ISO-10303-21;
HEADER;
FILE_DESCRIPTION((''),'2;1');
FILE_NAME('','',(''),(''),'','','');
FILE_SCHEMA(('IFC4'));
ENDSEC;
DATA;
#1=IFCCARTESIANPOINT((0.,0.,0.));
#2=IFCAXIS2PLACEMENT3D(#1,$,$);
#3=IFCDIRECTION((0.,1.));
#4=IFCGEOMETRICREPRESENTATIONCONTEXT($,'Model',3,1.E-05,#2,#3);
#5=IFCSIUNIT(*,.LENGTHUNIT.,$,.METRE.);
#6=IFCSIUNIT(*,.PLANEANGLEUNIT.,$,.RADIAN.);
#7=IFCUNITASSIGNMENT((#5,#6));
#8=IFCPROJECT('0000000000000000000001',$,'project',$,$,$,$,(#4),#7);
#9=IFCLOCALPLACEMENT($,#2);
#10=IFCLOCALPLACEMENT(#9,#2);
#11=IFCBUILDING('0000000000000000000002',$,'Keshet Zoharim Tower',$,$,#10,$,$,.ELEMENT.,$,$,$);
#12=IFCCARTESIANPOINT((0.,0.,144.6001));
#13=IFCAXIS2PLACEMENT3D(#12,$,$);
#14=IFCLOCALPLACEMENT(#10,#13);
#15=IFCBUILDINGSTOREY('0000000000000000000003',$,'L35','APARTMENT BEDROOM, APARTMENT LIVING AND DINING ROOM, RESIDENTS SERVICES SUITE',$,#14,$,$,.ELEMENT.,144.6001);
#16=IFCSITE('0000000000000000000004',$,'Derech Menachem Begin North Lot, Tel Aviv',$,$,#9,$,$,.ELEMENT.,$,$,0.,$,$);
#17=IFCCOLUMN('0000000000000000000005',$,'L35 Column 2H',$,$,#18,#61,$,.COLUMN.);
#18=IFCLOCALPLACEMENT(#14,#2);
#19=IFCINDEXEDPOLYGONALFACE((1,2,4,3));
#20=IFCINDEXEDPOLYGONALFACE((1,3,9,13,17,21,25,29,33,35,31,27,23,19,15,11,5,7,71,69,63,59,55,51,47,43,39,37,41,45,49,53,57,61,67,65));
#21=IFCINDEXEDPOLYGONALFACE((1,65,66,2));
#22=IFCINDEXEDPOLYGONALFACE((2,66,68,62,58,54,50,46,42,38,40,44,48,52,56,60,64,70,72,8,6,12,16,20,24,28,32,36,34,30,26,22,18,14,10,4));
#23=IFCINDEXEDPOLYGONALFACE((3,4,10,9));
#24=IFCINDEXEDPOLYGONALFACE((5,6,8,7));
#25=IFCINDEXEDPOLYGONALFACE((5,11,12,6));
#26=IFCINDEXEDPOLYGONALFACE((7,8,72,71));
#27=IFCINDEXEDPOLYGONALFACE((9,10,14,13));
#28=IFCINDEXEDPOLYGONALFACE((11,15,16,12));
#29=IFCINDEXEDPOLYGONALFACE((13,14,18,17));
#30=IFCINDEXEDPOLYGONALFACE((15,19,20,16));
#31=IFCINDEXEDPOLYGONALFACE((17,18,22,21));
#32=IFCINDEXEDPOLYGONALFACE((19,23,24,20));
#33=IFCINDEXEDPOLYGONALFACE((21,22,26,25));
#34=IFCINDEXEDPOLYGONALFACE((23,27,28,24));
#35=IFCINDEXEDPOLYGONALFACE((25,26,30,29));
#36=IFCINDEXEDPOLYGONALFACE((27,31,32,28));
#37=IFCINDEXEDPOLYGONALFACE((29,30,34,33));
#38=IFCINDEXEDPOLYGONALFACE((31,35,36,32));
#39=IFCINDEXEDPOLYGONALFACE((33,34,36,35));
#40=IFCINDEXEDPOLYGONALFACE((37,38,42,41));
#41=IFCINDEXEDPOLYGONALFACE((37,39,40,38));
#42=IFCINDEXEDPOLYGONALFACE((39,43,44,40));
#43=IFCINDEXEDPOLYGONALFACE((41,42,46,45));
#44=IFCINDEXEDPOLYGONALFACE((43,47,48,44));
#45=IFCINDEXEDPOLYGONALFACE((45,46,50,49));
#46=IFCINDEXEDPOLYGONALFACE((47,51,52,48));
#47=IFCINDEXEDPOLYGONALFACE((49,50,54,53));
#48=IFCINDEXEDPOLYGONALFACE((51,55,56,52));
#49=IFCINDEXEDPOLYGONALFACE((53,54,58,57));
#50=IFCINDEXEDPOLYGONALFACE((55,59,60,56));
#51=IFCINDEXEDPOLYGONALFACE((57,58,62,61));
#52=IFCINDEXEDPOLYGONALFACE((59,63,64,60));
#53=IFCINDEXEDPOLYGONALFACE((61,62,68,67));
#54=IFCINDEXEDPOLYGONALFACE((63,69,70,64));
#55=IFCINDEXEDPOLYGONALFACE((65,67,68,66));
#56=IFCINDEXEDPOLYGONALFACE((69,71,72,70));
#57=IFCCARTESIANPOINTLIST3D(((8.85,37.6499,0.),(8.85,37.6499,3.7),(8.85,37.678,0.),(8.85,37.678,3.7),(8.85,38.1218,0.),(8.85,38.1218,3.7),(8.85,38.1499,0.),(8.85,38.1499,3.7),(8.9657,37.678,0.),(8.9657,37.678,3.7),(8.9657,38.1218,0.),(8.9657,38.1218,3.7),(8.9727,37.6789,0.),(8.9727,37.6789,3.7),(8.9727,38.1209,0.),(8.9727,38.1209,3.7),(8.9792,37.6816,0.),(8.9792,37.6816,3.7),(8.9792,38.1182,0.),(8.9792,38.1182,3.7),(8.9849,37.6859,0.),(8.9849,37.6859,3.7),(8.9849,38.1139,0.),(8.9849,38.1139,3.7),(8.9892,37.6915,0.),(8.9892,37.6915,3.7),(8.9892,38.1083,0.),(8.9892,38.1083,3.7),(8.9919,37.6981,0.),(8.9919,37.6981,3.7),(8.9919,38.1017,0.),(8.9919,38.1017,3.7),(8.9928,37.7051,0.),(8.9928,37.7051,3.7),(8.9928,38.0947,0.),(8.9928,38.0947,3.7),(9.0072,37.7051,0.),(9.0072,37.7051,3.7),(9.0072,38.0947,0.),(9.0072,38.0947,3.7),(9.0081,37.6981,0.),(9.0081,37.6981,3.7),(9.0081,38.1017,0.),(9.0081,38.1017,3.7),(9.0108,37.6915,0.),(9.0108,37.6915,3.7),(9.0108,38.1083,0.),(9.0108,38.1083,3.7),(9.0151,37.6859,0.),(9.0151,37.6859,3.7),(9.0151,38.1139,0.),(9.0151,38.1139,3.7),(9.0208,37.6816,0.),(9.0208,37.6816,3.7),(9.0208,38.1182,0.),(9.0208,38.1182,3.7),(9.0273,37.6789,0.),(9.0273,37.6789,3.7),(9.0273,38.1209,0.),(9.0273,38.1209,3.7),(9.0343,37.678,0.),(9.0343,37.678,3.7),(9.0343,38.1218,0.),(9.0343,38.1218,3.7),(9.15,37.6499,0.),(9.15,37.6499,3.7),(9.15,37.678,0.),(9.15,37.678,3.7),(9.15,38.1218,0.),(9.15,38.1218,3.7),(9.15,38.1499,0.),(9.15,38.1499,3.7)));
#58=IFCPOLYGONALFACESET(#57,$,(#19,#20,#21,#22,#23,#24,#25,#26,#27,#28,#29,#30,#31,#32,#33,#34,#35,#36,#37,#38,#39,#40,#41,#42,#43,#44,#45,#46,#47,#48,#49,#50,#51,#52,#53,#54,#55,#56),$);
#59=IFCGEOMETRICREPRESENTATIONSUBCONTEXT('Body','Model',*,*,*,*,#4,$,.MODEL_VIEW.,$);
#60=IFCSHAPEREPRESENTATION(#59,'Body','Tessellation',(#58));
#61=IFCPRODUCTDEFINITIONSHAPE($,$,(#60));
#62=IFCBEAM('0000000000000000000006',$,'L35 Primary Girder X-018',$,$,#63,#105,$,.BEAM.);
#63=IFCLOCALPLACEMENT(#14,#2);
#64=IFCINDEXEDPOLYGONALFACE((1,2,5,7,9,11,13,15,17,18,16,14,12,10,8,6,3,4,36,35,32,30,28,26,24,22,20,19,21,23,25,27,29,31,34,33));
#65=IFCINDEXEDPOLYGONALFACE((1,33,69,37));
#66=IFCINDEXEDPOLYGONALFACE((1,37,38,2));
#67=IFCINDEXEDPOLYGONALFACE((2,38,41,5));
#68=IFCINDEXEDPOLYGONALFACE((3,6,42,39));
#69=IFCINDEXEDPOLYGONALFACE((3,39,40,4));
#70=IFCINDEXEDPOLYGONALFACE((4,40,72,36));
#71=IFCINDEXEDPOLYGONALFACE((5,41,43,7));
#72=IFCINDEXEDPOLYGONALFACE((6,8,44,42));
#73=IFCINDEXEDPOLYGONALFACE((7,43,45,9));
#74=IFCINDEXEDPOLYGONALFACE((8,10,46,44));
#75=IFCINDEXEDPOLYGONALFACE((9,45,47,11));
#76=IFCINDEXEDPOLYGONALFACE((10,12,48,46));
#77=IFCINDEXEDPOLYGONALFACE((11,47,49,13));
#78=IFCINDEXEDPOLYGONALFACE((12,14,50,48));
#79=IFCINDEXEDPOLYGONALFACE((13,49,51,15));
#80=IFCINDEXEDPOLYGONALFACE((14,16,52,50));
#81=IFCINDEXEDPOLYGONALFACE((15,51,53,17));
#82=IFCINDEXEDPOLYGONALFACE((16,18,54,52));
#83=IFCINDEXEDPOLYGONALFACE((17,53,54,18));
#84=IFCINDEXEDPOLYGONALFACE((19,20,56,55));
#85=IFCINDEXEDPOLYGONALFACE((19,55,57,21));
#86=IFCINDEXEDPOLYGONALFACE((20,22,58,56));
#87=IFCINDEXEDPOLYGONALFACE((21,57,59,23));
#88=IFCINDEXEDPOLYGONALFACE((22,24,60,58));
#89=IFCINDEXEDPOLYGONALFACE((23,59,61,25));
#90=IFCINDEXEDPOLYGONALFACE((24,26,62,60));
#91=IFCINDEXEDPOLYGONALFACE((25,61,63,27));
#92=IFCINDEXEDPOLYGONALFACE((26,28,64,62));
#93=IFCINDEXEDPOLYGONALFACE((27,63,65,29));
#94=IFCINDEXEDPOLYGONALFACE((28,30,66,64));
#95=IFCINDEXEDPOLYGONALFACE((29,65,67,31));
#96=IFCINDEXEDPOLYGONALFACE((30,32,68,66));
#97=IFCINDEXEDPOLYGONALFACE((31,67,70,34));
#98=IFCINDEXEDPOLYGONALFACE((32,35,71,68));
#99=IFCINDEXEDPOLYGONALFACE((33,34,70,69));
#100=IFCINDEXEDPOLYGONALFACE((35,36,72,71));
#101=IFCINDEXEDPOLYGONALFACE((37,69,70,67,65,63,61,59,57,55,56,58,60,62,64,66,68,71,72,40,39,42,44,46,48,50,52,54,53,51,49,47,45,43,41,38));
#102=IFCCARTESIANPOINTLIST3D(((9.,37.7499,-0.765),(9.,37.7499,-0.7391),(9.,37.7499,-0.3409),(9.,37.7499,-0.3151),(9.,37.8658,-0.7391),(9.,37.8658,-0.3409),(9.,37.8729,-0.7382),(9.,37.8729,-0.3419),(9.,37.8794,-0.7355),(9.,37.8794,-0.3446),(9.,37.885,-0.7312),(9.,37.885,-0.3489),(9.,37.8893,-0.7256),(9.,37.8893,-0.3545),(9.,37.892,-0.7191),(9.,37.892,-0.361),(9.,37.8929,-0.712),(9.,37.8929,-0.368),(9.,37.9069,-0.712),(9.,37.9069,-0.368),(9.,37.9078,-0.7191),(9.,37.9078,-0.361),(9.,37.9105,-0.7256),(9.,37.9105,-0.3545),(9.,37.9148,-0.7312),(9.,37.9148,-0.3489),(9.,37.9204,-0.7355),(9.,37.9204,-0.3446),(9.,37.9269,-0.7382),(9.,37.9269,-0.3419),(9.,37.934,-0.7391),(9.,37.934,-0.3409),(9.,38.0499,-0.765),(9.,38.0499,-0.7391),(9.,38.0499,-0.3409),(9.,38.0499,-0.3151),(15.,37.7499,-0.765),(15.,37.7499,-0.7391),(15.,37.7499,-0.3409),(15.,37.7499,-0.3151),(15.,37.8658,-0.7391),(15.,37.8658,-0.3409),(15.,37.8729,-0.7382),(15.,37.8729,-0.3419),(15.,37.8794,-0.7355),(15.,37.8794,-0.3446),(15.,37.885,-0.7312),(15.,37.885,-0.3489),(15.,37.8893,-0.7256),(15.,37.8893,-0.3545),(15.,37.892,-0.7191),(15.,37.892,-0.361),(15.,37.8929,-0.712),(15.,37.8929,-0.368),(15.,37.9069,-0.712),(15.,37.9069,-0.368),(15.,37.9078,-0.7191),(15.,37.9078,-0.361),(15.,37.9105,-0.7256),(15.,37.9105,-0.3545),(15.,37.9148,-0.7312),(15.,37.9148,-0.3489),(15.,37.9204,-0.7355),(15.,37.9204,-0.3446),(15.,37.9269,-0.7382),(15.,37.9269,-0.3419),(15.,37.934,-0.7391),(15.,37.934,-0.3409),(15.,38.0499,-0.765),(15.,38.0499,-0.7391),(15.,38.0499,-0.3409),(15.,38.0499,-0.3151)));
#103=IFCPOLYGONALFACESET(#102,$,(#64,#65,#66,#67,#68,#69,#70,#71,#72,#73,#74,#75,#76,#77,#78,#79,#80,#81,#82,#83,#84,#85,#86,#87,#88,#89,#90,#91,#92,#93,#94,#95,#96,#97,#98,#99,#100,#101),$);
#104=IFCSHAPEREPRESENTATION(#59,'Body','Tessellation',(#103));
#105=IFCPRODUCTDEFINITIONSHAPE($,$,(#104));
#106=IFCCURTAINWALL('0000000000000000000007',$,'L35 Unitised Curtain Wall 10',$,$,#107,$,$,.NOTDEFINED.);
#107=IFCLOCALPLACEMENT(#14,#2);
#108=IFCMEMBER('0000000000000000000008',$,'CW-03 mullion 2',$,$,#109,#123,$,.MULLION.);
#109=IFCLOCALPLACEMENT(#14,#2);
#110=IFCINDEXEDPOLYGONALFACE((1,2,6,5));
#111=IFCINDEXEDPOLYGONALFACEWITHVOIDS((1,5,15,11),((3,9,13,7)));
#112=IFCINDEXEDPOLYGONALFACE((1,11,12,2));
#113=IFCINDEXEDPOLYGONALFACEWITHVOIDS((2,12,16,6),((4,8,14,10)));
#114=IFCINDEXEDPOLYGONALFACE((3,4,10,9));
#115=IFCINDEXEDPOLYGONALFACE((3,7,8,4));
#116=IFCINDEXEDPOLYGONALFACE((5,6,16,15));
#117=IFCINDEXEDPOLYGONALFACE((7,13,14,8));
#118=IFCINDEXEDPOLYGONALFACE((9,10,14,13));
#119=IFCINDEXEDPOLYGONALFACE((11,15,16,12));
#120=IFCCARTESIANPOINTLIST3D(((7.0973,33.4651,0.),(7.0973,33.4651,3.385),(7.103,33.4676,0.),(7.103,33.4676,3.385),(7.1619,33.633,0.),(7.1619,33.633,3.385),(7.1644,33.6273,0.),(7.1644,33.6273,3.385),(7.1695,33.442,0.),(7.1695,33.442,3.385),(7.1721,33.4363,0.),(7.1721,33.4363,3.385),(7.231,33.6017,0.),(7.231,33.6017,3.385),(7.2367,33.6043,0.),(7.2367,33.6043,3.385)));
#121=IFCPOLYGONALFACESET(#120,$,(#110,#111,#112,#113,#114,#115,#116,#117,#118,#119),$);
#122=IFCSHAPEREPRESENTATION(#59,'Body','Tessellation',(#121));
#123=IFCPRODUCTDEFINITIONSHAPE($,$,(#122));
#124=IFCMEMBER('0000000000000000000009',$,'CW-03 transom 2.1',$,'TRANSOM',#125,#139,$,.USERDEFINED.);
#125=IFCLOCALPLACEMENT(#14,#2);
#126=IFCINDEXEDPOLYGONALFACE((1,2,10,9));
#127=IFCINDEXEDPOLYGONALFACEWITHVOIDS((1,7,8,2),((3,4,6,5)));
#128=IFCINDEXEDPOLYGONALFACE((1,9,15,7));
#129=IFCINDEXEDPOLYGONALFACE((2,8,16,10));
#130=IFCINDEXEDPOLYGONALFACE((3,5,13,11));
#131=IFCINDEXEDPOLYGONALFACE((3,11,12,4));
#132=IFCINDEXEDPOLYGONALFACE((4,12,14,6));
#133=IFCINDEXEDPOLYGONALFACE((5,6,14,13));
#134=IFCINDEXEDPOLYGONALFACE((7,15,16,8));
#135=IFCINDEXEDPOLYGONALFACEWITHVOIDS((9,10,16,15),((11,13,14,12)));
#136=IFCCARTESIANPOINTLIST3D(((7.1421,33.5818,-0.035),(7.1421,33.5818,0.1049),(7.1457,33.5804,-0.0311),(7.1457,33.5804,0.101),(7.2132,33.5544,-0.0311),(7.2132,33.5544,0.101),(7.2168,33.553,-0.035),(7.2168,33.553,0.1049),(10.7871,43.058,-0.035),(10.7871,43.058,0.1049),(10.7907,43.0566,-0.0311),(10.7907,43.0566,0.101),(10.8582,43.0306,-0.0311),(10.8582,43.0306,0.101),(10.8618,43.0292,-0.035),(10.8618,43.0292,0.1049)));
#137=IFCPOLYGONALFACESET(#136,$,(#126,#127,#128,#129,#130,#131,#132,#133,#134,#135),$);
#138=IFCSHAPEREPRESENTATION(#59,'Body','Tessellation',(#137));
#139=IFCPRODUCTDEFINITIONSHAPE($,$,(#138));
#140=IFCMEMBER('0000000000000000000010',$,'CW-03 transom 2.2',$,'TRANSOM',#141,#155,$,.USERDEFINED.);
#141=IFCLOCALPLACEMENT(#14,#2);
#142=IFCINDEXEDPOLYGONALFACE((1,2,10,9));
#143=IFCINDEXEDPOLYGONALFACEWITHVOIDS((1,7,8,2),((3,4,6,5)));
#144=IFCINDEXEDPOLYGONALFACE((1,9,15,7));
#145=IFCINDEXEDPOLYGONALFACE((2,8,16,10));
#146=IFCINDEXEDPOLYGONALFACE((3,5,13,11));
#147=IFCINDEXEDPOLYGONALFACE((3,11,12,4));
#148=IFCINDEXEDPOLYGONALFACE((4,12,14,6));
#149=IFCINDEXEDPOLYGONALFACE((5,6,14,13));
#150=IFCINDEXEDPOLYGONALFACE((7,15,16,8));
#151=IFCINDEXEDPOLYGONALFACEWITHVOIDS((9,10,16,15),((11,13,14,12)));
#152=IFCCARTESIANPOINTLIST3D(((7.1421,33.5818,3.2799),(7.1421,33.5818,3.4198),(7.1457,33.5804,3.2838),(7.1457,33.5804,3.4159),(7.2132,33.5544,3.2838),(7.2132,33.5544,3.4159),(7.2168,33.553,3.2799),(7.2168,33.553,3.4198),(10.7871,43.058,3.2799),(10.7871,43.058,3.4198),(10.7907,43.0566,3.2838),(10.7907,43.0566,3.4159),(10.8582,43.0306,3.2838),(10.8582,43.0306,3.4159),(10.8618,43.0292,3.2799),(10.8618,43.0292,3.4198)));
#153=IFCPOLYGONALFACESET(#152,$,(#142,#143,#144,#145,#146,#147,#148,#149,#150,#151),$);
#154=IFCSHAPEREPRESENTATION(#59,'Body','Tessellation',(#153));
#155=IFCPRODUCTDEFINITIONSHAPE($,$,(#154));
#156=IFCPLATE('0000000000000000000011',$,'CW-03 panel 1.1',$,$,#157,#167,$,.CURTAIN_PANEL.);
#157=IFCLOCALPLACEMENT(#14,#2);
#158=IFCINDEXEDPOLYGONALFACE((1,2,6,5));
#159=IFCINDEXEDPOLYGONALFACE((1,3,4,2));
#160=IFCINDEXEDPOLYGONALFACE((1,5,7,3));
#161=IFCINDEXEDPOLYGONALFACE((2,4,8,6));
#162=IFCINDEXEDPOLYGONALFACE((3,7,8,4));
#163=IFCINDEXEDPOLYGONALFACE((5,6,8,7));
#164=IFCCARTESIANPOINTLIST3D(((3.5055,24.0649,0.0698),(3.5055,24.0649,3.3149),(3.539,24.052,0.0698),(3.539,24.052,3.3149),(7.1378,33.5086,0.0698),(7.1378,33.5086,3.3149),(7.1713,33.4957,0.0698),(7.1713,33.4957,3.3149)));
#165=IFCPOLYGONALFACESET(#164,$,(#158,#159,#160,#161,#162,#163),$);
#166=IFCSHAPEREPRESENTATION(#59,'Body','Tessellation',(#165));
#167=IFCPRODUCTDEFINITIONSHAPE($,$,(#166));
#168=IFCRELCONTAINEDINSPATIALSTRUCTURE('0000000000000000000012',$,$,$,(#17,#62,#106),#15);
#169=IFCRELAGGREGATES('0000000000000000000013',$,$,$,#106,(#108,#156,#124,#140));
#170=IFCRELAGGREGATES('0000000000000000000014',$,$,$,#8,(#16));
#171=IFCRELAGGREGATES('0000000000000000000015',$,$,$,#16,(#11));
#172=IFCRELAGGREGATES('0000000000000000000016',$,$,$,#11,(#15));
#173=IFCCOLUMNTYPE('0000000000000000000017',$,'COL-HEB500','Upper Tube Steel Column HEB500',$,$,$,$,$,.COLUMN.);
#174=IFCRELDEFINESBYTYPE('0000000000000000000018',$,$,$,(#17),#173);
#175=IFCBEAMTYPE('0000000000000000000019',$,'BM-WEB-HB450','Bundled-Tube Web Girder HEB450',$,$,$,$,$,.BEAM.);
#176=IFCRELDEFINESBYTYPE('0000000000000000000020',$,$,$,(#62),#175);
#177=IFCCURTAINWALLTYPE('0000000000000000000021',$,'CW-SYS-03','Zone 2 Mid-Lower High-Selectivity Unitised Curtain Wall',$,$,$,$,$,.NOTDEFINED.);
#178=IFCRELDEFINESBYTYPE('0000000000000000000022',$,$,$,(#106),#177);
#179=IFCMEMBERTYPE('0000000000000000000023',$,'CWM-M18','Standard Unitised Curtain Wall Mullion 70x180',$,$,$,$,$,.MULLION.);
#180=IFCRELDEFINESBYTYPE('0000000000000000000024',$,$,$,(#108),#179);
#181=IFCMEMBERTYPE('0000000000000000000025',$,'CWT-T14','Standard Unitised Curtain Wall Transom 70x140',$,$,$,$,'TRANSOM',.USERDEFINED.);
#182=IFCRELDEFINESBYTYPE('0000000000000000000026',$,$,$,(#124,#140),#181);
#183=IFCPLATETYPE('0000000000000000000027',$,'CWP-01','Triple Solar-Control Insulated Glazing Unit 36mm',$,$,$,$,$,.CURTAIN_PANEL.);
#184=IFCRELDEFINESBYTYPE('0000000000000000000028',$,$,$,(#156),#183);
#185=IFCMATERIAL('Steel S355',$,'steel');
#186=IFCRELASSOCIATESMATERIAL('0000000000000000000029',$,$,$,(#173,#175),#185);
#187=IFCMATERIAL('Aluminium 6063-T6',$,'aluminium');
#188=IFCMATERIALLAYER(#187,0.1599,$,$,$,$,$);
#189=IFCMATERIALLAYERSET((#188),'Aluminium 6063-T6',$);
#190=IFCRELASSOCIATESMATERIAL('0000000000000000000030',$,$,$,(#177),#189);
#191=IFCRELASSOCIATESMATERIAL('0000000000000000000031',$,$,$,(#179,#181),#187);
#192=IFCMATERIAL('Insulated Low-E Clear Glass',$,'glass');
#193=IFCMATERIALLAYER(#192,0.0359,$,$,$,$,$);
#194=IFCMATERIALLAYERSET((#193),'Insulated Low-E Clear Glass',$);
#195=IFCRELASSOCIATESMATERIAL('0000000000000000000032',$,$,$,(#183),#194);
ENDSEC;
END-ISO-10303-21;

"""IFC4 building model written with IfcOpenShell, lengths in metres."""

from ifc_helpers import new_model, si_unit, direction, frame, origin, origin_2d, place, context, subcontext, project, spatial, rectangle, hollow_rectangle, i_section, extrude, material, layer, layer_set, material_profile, profile_set, type_object, element, aggregate, save


model = new_model("IFC4")

# Units and contexts
model_context = context("Model", 3, precision=1e-05, world=origin(), true_north=direction((0.0, 1.0)))
body_context = subcontext(model_context, "Body", "Model", "MODEL_VIEW")
ifc_project = project(units=[si_unit("LENGTHUNIT", "METRE"), si_unit("PLANEANGLEUNIT", "RADIAN")], contexts=[model_context])

# Site, building, storey
site_placement = place(None, origin())
site = spatial("IfcSite", under=ifc_project, at=site_placement, Name="Derech Menachem Begin North Lot, Tel Aviv", CompositionType="ELEMENT", RefElevation=0.0)
building_placement = place(site_placement, origin())
building = spatial("IfcBuilding", under=site, at=building_placement, Name="Keshet Zoharim Tower", CompositionType="ELEMENT")
storey_placement = place(building_placement, frame((0.0, 0.0, 144.6001)))
storey = spatial("IfcBuildingStorey", under=building, at=storey_placement, Name="L35", Description="APARTMENT BEDROOM, APARTMENT LIVING AND DINING ROOM, RESIDENTS SERVICES SUITE", CompositionType="ELEMENT", Elevation=144.6001)

# Column
ifc_material_1 = material(Name="Steel S355", Category="steel")
ifc_material_profile_1 = material_profile(ifc_material_1, i_section(OverallWidth=0.3, OverallDepth=0.5, WebThickness=0.0144, FlangeThickness=0.0281, FilletRadius=0.0271, at=origin_2d()), Name="HEB500")
ifc_profile_set_1 = profile_set([ifc_material_profile_1], Name="Steel S355")
column_type = type_object("IfcColumnType", Name="COL-HEB500", Description="Upper Tube Steel Column HEB500", PredefinedType="COLUMN", material=ifc_profile_set_1)
column_placement = place(storey_placement, frame((9.0, 37.8999, 0.0), z_axis=(0.0, 0.0, 1.0), x_axis=(1.0, 0.0, 0.0)))
element("IfcColumn", 1, at=column_placement, inside=storey, type_object=column_type, Name="L35 Column 2H", PredefinedType="COLUMN", context=body_context, shape_type="SweptSolid", body=[
    extrude(i_section(OverallWidth=0.3, OverallDepth=0.5, WebThickness=0.0144, FlangeThickness=0.0281, FilletRadius=0.0271, at=origin_2d()), origin(), (0.0, 0.0, 1.0), 3.7),
])

# Beam
ifc_material_profile_2 = material_profile(ifc_material_1, i_section(OverallWidth=0.3, OverallDepth=0.45, WebThickness=0.0139, FlangeThickness=0.0259, FilletRadius=0.0271, at=origin_2d()), Name="HEB450")
ifc_profile_set_2 = profile_set([ifc_material_profile_2], Name="Steel S355")
beam_type = type_object("IfcBeamType", Name="BM-WEB-HB450", Description="Bundled-Tube Web Girder HEB450", PredefinedType="BEAM", material=ifc_profile_set_2)
beam_placement = place(storey_placement, frame((9.0, 37.8999, -0.54), z_axis=(1.0, 0.0, 0.0), x_axis=(0.0, 1.0, 0.0)))
element("IfcBeam", 2, at=beam_placement, inside=storey, type_object=beam_type, Name="L35 Primary Girder X-018", PredefinedType="BEAM", context=body_context, shape_type="SweptSolid", body=[
    extrude(i_section(OverallWidth=0.3, OverallDepth=0.45, WebThickness=0.0139, FlangeThickness=0.0259, FilletRadius=0.0271, at=origin_2d()), origin(), (0.0, 0.0, 1.0), 6.0),
])

# Curtain wall, members, plate
ifc_material_2 = material(Name="Aluminium 6063-T6", Category="aluminium")
ifc_layer_1 = layer(ifc_material_2, 0.1599)
ifc_layer_set_1 = layer_set([ifc_layer_1], Name="Aluminium 6063-T6")
curtain_wall_type = type_object("IfcCurtainWallType", Name="CW-SYS-03", Description="Zone 2 Mid-Lower High-Selectivity Unitised Curtain Wall", PredefinedType="NOTDEFINED", material=ifc_layer_set_1)
curtain_wall_placement = place(storey_placement, origin())
curtain_wall = element("IfcCurtainWall", 3, at=curtain_wall_placement, inside=storey, type_object=curtain_wall_type, Name="L35 Unitised Curtain Wall 10", PredefinedType="NOTDEFINED")
ifc_material_profile_3 = material_profile(ifc_material_2, hollow_rectangle(XDim=0.0801, YDim=0.1799, WallThickness=0.0044, at=origin_2d()), Name="MUL-80x180")
ifc_profile_set_3 = profile_set([ifc_material_profile_3], Name="Aluminium 6063-T6")
member_type_1 = type_object("IfcMemberType", Name="CWM-M18", Description="Standard Unitised Curtain Wall Mullion 70x180", PredefinedType="MULLION", material=ifc_profile_set_3)
member_1_placement = place(storey_placement, frame((7.167, 33.5347, 0.0), z_axis=(0.0, 0.0, 1.0), x_axis=(-0.933341, 0.35899, 0.0)))
member_1 = element("IfcMember", 4, at=member_1_placement, type_object=member_type_1, Name="CW-03 mullion 2", PredefinedType="MULLION", context=body_context, shape_type="SweptSolid", body=[
    extrude(hollow_rectangle(XDim=0.0801, YDim=0.1799, WallThickness=0.0044, at=origin_2d()), origin(), (0.0, 0.0, 1.0), 3.385),
])
ifc_material_profile_4 = material_profile(ifc_material_2, hollow_rectangle(XDim=0.0801, YDim=0.1399, WallThickness=0.0039, at=origin_2d()), Name="TRN-80x140")
ifc_profile_set_4 = profile_set([ifc_material_profile_4], Name="Aluminium 6063-T6")
member_type_2 = type_object("IfcMemberType", Name="CWT-T14", Description="Standard Unitised Curtain Wall Transom 70x140", ElementType="TRANSOM", PredefinedType="USERDEFINED", material=ifc_profile_set_4)
member_2_placement = place(storey_placement, frame((7.1794, 33.5674, 0.0349), z_axis=(0.359003, 0.933336, 0.0), x_axis=(-0.933336, 0.359003, 0.0)))
member_2 = element("IfcMember", 5, at=member_2_placement, type_object=member_type_2, Name="CW-03 transom 2.1", ObjectType="TRANSOM", PredefinedType="USERDEFINED", context=body_context, shape_type="SweptSolid", body=[
    extrude(hollow_rectangle(XDim=0.0801, YDim=0.1399, WallThickness=0.0039, at=origin_2d()), origin(), (0.0, 0.0, 1.0), 10.1531),
])
member_3_placement = place(storey_placement, frame((7.1794, 33.5674, 3.3499), z_axis=(0.359003, 0.933336, 0.0), x_axis=(-0.933336, 0.359003, 0.0)))
member_3 = element("IfcMember", 6, at=member_3_placement, type_object=member_type_2, Name="CW-03 transom 2.2", ObjectType="TRANSOM", PredefinedType="USERDEFINED", context=body_context, shape_type="SweptSolid", body=[
    extrude(hollow_rectangle(XDim=0.0801, YDim=0.1399, WallThickness=0.0039, at=origin_2d()), origin(), (0.0, 0.0, 1.0), 10.1531),
])
ifc_material_3 = material(Name="Insulated Low-E Clear Glass", Category="glass")
ifc_layer_2 = layer(ifc_material_3, 0.0359)
ifc_layer_set_2 = layer_set([ifc_layer_2], Name="Insulated Low-E Clear Glass")
plate_type = type_object("IfcPlateType", Name="CWP-01", Description="Triple Solar-Control Insulated Glazing Unit 36mm", PredefinedType="CURTAIN_PANEL", material=ifc_layer_set_2)
plate_placement = place(storey_placement, frame((5.3384, 28.7803, 0.0698), z_axis=(0.0, 0.0, 1.0), x_axis=(0.35899, 0.933341, 0.0)))
plate = element("IfcPlate", 7, at=plate_placement, type_object=plate_type, Name="CW-03 panel 1.1", PredefinedType="CURTAIN_PANEL", context=body_context, shape_type="SweptSolid", body=[
    extrude(rectangle(XDim=10.1182, YDim=0.0359, at=origin_2d()), origin(), (0.0, 0.0, 1.0), 3.2451),
])
aggregate(curtain_wall, [member_1, plate, member_2, member_3])

save(model, "model.ifc")
